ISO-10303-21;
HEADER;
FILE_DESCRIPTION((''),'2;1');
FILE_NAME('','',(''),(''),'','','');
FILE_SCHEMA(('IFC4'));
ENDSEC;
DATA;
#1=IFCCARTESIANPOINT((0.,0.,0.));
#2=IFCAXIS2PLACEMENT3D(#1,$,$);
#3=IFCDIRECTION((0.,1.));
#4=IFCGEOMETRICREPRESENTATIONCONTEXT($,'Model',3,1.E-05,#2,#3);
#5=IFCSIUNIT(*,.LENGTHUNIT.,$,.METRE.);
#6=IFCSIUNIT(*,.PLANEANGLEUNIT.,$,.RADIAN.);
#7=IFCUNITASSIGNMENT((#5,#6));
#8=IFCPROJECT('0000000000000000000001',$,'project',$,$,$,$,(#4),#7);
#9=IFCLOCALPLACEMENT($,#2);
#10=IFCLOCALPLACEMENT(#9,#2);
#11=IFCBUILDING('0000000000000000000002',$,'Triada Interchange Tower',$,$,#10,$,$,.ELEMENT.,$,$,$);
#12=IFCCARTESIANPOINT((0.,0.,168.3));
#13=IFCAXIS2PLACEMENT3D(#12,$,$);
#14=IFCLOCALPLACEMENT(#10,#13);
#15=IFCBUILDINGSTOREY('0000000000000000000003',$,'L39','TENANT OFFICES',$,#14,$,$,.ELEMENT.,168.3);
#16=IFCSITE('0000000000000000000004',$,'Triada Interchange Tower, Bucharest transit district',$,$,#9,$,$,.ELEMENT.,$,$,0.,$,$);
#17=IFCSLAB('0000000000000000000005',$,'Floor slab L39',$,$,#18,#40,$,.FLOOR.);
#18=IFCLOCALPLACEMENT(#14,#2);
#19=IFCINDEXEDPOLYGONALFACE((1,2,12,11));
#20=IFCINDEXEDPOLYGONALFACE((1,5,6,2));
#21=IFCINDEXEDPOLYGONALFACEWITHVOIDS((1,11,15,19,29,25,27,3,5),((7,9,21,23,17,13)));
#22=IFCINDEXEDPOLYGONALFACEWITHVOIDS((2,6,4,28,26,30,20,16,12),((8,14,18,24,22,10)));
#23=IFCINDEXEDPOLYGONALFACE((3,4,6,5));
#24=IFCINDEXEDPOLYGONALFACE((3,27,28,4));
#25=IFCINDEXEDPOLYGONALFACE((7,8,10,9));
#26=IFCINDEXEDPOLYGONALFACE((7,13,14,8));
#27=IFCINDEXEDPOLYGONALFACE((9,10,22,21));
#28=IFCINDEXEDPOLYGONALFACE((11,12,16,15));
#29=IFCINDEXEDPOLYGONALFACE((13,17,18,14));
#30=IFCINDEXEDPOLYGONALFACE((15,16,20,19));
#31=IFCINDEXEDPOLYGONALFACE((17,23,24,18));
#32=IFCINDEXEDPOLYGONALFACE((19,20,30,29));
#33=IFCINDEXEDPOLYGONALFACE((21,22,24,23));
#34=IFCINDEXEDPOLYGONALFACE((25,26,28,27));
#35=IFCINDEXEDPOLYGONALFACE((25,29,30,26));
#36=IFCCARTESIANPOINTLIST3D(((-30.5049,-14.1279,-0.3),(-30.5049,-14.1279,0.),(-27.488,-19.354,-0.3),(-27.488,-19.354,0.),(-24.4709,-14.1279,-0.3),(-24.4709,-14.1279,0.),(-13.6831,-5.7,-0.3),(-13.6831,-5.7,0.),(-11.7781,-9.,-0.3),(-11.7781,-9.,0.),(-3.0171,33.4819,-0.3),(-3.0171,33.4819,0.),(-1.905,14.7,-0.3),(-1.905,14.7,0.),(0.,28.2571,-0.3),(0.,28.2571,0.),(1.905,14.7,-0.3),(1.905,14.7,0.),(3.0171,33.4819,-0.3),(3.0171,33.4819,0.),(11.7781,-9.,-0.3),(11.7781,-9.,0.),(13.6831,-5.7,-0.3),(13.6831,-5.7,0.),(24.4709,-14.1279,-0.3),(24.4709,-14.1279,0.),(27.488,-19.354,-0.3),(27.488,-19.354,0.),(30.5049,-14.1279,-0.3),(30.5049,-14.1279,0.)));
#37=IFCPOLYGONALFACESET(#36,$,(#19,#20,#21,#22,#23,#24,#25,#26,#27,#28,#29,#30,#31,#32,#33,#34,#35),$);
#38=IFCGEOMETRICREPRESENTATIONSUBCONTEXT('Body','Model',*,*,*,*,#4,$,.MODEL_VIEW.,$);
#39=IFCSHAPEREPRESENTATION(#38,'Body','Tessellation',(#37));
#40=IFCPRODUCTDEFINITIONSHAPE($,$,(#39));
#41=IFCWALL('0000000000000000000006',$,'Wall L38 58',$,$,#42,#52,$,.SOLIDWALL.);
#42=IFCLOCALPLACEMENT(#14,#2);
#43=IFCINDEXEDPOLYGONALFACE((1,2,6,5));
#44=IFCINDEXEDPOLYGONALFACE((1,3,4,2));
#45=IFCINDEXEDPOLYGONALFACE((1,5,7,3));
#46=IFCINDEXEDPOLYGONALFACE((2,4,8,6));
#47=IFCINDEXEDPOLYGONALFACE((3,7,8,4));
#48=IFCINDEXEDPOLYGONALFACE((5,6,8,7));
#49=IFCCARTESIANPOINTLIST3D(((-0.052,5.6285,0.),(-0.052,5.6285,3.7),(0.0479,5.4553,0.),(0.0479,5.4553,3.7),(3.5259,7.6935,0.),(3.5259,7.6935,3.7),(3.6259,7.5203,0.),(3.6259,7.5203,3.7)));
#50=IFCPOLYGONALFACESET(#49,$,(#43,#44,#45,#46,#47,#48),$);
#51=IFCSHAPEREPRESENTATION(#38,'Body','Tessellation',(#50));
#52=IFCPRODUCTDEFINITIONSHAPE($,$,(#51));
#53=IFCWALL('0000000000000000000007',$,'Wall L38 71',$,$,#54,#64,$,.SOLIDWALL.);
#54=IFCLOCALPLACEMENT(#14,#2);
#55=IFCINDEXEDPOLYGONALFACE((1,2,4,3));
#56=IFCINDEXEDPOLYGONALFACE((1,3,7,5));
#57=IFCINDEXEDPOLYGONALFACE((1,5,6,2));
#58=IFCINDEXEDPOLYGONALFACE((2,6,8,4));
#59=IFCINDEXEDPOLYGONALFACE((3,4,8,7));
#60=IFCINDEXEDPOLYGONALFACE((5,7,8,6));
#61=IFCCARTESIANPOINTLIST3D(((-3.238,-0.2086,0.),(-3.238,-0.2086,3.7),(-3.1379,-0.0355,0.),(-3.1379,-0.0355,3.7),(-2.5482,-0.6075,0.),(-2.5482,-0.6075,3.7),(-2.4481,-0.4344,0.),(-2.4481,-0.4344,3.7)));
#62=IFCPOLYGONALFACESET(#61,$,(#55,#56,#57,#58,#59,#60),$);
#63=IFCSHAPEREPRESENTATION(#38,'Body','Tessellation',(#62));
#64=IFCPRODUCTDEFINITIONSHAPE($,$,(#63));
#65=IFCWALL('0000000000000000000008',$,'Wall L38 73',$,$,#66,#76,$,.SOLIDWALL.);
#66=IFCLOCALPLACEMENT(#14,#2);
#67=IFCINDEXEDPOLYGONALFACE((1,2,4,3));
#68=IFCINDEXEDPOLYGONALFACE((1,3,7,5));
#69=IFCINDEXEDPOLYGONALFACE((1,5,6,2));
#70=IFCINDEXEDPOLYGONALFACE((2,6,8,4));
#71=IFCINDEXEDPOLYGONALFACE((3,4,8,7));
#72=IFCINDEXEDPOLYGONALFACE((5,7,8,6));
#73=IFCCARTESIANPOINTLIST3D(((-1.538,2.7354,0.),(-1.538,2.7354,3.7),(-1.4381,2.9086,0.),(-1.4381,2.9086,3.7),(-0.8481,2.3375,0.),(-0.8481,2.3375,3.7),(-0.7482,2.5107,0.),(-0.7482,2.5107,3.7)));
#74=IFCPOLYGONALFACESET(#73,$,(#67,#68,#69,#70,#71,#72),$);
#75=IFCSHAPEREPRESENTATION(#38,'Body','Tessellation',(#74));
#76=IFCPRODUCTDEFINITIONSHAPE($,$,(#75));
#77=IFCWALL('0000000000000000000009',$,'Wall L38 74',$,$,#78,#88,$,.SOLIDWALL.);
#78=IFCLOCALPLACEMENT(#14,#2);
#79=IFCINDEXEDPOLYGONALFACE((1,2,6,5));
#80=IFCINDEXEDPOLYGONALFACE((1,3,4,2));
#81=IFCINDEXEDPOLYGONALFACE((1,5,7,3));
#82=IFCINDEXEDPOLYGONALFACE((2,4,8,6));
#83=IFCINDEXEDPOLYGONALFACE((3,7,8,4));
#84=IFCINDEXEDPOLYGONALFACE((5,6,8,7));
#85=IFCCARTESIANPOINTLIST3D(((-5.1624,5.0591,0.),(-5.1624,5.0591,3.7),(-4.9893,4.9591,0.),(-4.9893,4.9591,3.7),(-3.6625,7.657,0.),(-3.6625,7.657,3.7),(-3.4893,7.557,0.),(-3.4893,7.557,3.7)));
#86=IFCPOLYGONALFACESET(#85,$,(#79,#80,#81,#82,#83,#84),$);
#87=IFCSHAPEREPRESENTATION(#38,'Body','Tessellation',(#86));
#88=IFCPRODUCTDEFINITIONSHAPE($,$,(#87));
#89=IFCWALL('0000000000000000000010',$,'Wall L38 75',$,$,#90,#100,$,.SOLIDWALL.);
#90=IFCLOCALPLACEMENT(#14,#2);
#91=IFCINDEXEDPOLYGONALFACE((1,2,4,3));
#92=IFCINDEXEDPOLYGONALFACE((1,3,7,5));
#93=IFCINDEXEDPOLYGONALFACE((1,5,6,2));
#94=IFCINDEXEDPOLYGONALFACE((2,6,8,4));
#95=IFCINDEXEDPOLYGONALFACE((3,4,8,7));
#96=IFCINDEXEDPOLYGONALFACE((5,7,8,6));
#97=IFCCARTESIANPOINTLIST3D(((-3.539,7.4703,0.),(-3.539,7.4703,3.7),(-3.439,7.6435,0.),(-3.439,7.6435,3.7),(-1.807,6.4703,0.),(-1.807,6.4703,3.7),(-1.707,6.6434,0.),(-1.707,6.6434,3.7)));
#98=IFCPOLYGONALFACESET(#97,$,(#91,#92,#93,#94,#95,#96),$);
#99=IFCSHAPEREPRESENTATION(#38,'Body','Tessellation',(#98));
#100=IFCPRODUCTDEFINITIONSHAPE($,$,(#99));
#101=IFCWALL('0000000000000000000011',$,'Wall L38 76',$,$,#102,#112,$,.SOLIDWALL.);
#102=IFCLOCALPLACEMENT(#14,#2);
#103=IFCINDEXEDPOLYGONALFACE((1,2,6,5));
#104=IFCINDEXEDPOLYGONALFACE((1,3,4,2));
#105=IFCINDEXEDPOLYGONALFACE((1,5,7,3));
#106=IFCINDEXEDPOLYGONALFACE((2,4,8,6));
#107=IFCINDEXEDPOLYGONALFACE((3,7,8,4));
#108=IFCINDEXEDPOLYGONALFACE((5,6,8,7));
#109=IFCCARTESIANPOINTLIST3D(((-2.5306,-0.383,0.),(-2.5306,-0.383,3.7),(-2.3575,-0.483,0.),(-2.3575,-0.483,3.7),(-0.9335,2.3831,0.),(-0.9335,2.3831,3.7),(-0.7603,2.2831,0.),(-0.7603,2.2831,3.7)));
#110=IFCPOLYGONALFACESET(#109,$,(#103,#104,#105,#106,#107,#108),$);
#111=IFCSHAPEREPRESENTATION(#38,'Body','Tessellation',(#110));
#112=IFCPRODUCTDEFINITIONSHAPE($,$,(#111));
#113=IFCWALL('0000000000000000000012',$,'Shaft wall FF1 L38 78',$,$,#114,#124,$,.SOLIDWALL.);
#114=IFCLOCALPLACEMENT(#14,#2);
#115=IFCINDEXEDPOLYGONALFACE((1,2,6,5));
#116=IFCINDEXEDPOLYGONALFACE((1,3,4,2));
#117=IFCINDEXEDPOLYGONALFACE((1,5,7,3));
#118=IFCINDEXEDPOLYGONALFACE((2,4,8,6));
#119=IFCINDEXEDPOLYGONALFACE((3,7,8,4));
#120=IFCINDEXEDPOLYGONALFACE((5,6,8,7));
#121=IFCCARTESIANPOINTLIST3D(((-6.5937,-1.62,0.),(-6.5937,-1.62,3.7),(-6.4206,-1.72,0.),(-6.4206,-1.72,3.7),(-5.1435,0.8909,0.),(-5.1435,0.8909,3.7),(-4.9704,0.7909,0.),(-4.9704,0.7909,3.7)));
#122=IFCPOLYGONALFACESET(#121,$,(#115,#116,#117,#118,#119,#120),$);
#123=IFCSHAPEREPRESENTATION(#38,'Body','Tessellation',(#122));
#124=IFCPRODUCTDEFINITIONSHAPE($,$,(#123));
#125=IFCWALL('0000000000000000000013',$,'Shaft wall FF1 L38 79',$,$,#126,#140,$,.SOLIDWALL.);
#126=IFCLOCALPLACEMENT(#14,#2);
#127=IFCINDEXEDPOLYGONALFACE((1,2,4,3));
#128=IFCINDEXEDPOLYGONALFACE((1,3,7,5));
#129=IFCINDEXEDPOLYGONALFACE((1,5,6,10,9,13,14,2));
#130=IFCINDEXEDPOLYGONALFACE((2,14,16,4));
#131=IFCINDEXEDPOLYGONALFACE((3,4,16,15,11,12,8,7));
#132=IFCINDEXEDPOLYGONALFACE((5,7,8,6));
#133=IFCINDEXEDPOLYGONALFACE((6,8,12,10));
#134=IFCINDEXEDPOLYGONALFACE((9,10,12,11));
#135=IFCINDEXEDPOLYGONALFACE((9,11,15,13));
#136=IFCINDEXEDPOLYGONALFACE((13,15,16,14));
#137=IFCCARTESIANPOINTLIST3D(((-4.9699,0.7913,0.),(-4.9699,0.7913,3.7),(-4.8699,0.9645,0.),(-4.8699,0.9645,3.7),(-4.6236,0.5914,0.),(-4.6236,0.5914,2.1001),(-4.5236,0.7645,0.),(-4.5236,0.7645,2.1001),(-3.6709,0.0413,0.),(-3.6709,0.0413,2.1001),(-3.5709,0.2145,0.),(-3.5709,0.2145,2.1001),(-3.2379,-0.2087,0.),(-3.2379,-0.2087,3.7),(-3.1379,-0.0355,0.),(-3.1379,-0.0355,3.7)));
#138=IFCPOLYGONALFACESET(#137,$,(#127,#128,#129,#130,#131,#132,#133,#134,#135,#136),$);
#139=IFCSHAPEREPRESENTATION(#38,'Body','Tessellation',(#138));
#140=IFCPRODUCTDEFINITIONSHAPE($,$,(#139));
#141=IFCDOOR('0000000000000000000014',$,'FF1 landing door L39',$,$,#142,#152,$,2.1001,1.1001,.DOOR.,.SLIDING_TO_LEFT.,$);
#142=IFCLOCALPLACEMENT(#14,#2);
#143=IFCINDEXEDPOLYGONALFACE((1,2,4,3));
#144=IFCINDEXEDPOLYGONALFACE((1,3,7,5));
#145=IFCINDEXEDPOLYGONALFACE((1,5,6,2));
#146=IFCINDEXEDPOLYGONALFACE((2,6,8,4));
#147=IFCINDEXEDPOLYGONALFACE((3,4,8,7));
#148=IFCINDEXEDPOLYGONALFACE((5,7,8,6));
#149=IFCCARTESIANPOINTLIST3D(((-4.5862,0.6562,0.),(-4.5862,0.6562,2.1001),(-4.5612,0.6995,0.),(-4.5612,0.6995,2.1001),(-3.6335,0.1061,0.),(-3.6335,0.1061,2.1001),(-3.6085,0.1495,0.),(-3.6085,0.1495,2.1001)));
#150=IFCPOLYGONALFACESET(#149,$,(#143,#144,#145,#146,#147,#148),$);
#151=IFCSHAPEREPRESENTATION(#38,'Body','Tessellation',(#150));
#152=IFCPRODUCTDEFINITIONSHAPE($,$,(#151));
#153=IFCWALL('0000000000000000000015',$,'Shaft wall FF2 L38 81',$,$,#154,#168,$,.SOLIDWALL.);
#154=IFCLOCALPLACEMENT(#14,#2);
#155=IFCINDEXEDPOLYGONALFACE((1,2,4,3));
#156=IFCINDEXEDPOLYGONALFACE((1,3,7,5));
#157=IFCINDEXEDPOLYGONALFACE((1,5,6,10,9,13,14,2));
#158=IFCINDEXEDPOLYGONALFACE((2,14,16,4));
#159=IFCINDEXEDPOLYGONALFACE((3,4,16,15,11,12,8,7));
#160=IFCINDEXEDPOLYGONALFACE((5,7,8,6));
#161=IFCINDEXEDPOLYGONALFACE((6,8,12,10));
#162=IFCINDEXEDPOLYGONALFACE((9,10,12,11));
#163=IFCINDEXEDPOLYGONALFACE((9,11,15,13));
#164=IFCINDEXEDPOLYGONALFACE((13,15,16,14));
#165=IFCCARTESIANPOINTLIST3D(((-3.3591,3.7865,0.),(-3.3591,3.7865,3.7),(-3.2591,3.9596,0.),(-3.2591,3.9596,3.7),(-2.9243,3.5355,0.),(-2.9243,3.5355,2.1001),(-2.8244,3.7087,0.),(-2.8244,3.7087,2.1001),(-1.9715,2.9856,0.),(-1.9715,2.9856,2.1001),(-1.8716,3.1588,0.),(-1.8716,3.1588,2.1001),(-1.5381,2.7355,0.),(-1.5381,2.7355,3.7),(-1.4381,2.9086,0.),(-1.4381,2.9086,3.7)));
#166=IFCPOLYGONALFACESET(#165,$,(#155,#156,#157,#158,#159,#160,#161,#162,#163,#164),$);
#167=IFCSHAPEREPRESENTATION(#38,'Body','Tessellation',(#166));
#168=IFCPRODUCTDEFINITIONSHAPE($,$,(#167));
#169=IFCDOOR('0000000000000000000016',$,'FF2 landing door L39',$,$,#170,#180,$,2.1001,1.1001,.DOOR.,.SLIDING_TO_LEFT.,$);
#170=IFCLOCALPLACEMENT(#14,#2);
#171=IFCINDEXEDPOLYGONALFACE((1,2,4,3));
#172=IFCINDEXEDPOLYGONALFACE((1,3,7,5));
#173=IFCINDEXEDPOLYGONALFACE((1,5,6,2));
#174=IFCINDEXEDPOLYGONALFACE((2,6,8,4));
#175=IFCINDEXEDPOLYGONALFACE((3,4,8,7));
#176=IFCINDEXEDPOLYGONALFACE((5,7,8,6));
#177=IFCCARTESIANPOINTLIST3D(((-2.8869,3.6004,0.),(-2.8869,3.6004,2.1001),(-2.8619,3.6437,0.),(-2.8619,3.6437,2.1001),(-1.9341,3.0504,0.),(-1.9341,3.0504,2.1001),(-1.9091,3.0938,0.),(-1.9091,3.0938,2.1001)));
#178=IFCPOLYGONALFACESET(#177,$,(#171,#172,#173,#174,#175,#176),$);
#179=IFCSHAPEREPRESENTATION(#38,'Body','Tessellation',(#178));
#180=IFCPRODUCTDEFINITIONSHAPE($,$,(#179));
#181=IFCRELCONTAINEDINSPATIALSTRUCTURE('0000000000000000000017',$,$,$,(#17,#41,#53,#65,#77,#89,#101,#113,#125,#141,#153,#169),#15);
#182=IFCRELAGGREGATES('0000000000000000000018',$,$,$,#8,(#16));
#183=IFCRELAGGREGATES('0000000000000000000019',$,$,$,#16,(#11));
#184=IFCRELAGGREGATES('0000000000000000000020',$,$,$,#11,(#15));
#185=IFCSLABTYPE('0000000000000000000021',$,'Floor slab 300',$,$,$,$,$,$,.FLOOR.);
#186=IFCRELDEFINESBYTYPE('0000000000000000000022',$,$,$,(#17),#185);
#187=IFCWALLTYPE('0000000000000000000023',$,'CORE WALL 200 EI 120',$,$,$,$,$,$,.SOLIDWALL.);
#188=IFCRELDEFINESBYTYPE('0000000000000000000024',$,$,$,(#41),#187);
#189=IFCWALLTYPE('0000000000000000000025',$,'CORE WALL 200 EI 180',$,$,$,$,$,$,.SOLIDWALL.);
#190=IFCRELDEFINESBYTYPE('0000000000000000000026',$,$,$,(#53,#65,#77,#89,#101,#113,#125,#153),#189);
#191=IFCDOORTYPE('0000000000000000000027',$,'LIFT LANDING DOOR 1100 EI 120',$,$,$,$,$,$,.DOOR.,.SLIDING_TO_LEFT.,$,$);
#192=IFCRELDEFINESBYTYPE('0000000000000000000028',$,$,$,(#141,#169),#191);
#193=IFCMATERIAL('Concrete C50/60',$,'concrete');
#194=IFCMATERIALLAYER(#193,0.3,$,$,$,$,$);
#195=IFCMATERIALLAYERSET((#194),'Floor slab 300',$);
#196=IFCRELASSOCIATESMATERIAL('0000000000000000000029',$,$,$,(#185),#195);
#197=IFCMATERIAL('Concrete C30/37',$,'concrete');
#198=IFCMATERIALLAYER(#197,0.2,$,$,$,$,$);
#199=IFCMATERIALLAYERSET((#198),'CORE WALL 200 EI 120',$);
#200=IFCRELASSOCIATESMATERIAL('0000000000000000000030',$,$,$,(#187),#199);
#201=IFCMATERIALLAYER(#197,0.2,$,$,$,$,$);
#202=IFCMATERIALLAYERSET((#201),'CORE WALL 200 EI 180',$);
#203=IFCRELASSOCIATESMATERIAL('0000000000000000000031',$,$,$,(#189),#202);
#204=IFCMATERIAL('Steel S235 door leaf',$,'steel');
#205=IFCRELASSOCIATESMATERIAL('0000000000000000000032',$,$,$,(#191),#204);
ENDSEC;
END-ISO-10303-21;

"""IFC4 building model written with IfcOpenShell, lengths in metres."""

from ifc_helpers import new_model, si_unit, direction, frame, frame_2d, origin, place, context, subcontext, project, spatial, polyline, rectangle, outline, extrude, material, layer, layer_set, type_object, element, fill, save


model = new_model("IFC4")

# Units and contexts
model_context = context("Model", 3, precision=1e-05, world=origin(), true_north=direction((0.0, 1.0)))
body_context = subcontext(model_context, "Body", "Model", "MODEL_VIEW")
ifc_project = project(units=[si_unit("LENGTHUNIT", "METRE"), si_unit("PLANEANGLEUNIT", "RADIAN")], contexts=[model_context])

# Site, building, storey
site_placement = place(None, origin())
site = spatial("IfcSite", under=ifc_project, at=site_placement, Name="Triada Interchange Tower, Bucharest transit district", CompositionType="ELEMENT", RefElevation=0.0)
building_placement = place(site_placement, origin())
building = spatial("IfcBuilding", under=site, at=building_placement, Name="Triada Interchange Tower", CompositionType="ELEMENT")
storey_placement = place(building_placement, frame((0.0, 0.0, 168.3)))
storey = spatial("IfcBuildingStorey", under=building, at=storey_placement, Name="L39", Description="TENANT OFFICES", CompositionType="ELEMENT", Elevation=168.3)

# Slab
ifc_material_1 = material(Name="Concrete C50/60", Category="concrete")
ifc_layer_1 = layer(ifc_material_1, 0.3)
ifc_layer_set_1 = layer_set([ifc_layer_1], Name="Floor slab 300")
slab_type = type_object("IfcSlabType", Name="Floor slab 300", PredefinedType="FLOOR", material=ifc_layer_set_1)
slab_placement = place(storey_placement, frame((0.0, 0.0, -0.3)))
element("IfcSlab", 1, at=slab_placement, inside=storey, type_object=slab_type, Name="Floor slab L39", PredefinedType="FLOOR", context=body_context, shape_type="SweptSolid", body=[
    extrude(outline(polyline([(-3.0171, 33.4819), (-30.5049, -14.1279), (-24.4709, -14.1279), (-27.488, -19.354), (27.488, -19.354), (24.4709, -14.1279), (30.5049, -14.1279), (3.0171, 33.4819), (0.0, 28.2571), (-3.0171, 33.4819)]), holes=[polyline([(1.905, 14.7), (-1.905, 14.7), (-13.6831, -5.7), (-11.7781, -9.0), (11.7781, -9.0), (13.6831, -5.7), (1.905, 14.7)])]), origin(), (0.0, 0.0, 1.0), 0.3),
])

# Walls
ifc_material_2 = material(Name="Concrete C30/37", Category="concrete")
ifc_layer_2 = layer(ifc_material_2, 0.2)
ifc_layer_set_2 = layer_set([ifc_layer_2], Name="CORE WALL 200 EI 120")
wall_type_1 = type_object("IfcWallType", Name="CORE WALL 200 EI 120", PredefinedType="SOLIDWALL", material=ifc_layer_set_2)
wall_1_placement = place(storey_placement, frame((-0.002, 5.542, 0.0), z_axis=(0.0, 0.0, 1.0), x_axis=(0.866104, 0.499864, 0.0)))
element("IfcWall", 2, at=wall_1_placement, inside=storey, type_object=wall_type_1, Name="Wall L38 58", PredefinedType="SOLIDWALL", context=body_context, shape_type="SweptSolid", body=[
    extrude(rectangle(XDim=4.1311, YDim=0.2, at=frame_2d((2.0654, 0.0))), origin(), (0.0, 0.0, 1.0), 3.7),
])
ifc_layer_3 = layer(ifc_material_2, 0.2)
ifc_layer_set_3 = layer_set([ifc_layer_3], Name="CORE WALL 200 EI 180")
wall_type_2 = type_object("IfcWallType", Name="CORE WALL 200 EI 180", PredefinedType="SOLIDWALL", material=ifc_layer_set_3)
wall_2_placement = place(storey_placement, frame((-3.188, -0.1221, 0.0), z_axis=(0.0, 0.0, 1.0), x_axis=(0.865706, -0.500553, 0.0)))
element("IfcWall", 3, at=wall_2_placement, inside=storey, type_object=wall_type_2, Name="Wall L38 71", PredefinedType="SOLIDWALL", context=body_context, shape_type="SweptSolid", body=[
    extrude(rectangle(XDim=0.7969, YDim=0.2, at=frame_2d((0.3984, 0.0))), origin(), (0.0, 0.0, 1.0), 3.7),
])
wall_3_placement = place(storey_placement, frame((-1.488, 2.822, 0.0), z_axis=(0.0, 0.0, 1.0), x_axis=(0.866237, -0.499634, 0.0)))
element("IfcWall", 4, at=wall_3_placement, inside=storey, type_object=wall_type_2, Name="Wall L38 73", PredefinedType="SOLIDWALL", context=body_context, shape_type="SweptSolid", body=[
    extrude(rectangle(XDim=0.7964, YDim=0.2, at=frame_2d((0.3982, 0.0))), origin(), (0.0, 0.0, 1.0), 3.7),
])
wall_4_placement = place(storey_placement, frame((-5.0759, 5.009, 0.0), z_axis=(0.0, 0.0, 1.0), x_axis=(0.500025, 0.866011, 0.0)))
element("IfcWall", 5, at=wall_4_placement, inside=storey, type_object=wall_type_2, Name="Wall L38 74", PredefinedType="SOLIDWALL", context=body_context, shape_type="SweptSolid", body=[
    extrude(rectangle(XDim=2.9998, YDim=0.2, at=frame_2d((1.5, 0.0))), origin(), (0.0, 0.0, 1.0), 3.7),
])
wall_5_placement = place(storey_placement, frame((-3.489, 7.5569, 0.0), z_axis=(0.0, 0.0, 1.0), x_axis=(0.866011, -0.500025, 0.0)))
element("IfcWall", 6, at=wall_5_placement, inside=storey, type_object=wall_type_2, Name="Wall L38 75", PredefinedType="SOLIDWALL", context=body_context, shape_type="SweptSolid", body=[
    extrude(rectangle(XDim=2.0, YDim=0.2, at=frame_2d((1.0, 0.0))), origin(), (0.0, 0.0, 1.0), 3.7),
])
wall_6_placement = place(storey_placement, frame((-2.4441, -0.4331, 0.0), z_axis=(0.0, 0.0, 1.0), x_axis=(0.500036, 0.866005, 0.0)))
element("IfcWall", 7, at=wall_6_placement, inside=storey, type_object=wall_type_2, Name="Wall L38 76", PredefinedType="SOLIDWALL", context=body_context, shape_type="SweptSolid", body=[
    extrude(rectangle(XDim=3.1941, YDim=0.2, at=frame_2d((1.5972, 0.0))), origin(), (0.0, 0.0, 1.0), 3.7),
])
wall_7_placement = place(storey_placement, frame((-6.5071, -1.6699, 0.0), z_axis=(0.0, 0.0, 1.0), x_axis=(0.500123, 0.865954, 0.0)))
element("IfcWall", 8, at=wall_7_placement, inside=storey, type_object=wall_type_2, Name="Shaft wall FF1 L38 78", PredefinedType="SOLIDWALL", context=body_context, shape_type="SweptSolid", body=[
    extrude(rectangle(XDim=2.8997, YDim=0.2, at=frame_2d((1.4497, 0.0))), origin(), (0.0, 0.0, 1.0), 3.7),
])

# Walls, openings, doors
wall_8_placement = place(storey_placement, frame((-4.9199, 0.8779, 0.0), z_axis=(0.0, 0.0, 1.0), x_axis=(0.866011, -0.500025, 0.0)))
wall_8 = element("IfcWall", 9, at=wall_8_placement, inside=storey, type_object=wall_type_2, Name="Shaft wall FF1 L38 79", PredefinedType="SOLIDWALL", context=body_context, shape_type="SweptSolid", body=[
    extrude(rectangle(XDim=2.0, YDim=0.2, at=frame_2d((1.0, 0.0))), origin(), (0.0, 0.0, 1.0), 3.7),
])
opening_1_placement = place(wall_8_placement, frame((0.3999, 0.0, 0.0)))
opening_1 = element("IfcOpeningElement", 10, at=opening_1_placement, cuts=wall_8, PredefinedType="OPENING", context=body_context, shape_type="SweptSolid", body=[
    extrude(rectangle(XDim=1.1001, YDim=2.1001, at=frame_2d((0.55, 1.05))), frame((0.0, 0.1099, 0.0), z_axis=(0.0, -1.0, 0.0), x_axis=(1.0, 0.0, 0.0)), (0.0, 0.0, 1.0), 0.22),
])
ifc_material_3 = material(Name="Steel S235 door leaf", Category="steel")
door_type = type_object("IfcDoorType", Name="LIFT LANDING DOOR 1100 EI 120", OperationType="SLIDING_TO_LEFT", PredefinedType="DOOR", material=ifc_material_3)
door_1_placement = place(opening_1_placement, origin())
door_1 = element("IfcDoor", 11, at=door_1_placement, inside=storey, type_object=door_type, Name="FF1 landing door L39", OperationType="SLIDING_TO_LEFT", OverallHeight=2.1001, OverallWidth=1.1001, PredefinedType="DOOR", context=body_context, shape_type="SweptSolid", body=[
    extrude(rectangle(XDim=1.1001, YDim=2.1001, at=frame_2d((0.55, 1.05))), frame((0.0, 0.0249, 0.0), z_axis=(0.0, -1.0, 0.0), x_axis=(1.0, 0.0, 0.0)), (0.0, 0.0, 1.0), 0.05),
])
fill(opening_1, door_1)
wall_9_placement = place(storey_placement, frame((-3.3091, 3.873, 0.0), z_axis=(0.0, 0.0, 1.0), x_axis=(0.866099, -0.499873, 0.0)))
wall_9 = element("IfcWall", 12, at=wall_9_placement, inside=storey, type_object=wall_type_2, Name="Shaft wall FF2 L38 81", PredefinedType="SOLIDWALL", context=body_context, shape_type="SweptSolid", body=[
    extrude(rectangle(XDim=2.1025, YDim=0.2, at=frame_2d((1.0513, 0.0))), origin(), (0.0, 0.0, 1.0), 3.7),
])
opening_2_placement = place(wall_9_placement, frame((0.502, 0.0, 0.0)))
opening_2 = element("IfcOpeningElement", 13, at=opening_2_placement, cuts=wall_9, PredefinedType="OPENING", context=body_context, shape_type="SweptSolid", body=[
    extrude(rectangle(XDim=1.1001, YDim=2.1001, at=frame_2d((0.55, 1.05))), frame((0.0, 0.1099, 0.0), z_axis=(0.0, -1.0, 0.0), x_axis=(1.0, 0.0, 0.0)), (0.0, 0.0, 1.0), 0.22),
])
door_2_placement = place(opening_2_placement, origin())
door_2 = element("IfcDoor", 14, at=door_2_placement, inside=storey, type_object=door_type, Name="FF2 landing door L39", OperationType="SLIDING_TO_LEFT", OverallHeight=2.1001, OverallWidth=1.1001, PredefinedType="DOOR", context=body_context, shape_type="SweptSolid", body=[
    extrude(rectangle(XDim=1.1001, YDim=2.1001, at=frame_2d((0.55, 1.05))), frame((0.0, 0.0249, 0.0), z_axis=(0.0, -1.0, 0.0), x_axis=(1.0, 0.0, 0.0)), (0.0, 0.0, 1.0), 0.05),
])
fill(opening_2, door_2)

save(model, "model.ifc")
